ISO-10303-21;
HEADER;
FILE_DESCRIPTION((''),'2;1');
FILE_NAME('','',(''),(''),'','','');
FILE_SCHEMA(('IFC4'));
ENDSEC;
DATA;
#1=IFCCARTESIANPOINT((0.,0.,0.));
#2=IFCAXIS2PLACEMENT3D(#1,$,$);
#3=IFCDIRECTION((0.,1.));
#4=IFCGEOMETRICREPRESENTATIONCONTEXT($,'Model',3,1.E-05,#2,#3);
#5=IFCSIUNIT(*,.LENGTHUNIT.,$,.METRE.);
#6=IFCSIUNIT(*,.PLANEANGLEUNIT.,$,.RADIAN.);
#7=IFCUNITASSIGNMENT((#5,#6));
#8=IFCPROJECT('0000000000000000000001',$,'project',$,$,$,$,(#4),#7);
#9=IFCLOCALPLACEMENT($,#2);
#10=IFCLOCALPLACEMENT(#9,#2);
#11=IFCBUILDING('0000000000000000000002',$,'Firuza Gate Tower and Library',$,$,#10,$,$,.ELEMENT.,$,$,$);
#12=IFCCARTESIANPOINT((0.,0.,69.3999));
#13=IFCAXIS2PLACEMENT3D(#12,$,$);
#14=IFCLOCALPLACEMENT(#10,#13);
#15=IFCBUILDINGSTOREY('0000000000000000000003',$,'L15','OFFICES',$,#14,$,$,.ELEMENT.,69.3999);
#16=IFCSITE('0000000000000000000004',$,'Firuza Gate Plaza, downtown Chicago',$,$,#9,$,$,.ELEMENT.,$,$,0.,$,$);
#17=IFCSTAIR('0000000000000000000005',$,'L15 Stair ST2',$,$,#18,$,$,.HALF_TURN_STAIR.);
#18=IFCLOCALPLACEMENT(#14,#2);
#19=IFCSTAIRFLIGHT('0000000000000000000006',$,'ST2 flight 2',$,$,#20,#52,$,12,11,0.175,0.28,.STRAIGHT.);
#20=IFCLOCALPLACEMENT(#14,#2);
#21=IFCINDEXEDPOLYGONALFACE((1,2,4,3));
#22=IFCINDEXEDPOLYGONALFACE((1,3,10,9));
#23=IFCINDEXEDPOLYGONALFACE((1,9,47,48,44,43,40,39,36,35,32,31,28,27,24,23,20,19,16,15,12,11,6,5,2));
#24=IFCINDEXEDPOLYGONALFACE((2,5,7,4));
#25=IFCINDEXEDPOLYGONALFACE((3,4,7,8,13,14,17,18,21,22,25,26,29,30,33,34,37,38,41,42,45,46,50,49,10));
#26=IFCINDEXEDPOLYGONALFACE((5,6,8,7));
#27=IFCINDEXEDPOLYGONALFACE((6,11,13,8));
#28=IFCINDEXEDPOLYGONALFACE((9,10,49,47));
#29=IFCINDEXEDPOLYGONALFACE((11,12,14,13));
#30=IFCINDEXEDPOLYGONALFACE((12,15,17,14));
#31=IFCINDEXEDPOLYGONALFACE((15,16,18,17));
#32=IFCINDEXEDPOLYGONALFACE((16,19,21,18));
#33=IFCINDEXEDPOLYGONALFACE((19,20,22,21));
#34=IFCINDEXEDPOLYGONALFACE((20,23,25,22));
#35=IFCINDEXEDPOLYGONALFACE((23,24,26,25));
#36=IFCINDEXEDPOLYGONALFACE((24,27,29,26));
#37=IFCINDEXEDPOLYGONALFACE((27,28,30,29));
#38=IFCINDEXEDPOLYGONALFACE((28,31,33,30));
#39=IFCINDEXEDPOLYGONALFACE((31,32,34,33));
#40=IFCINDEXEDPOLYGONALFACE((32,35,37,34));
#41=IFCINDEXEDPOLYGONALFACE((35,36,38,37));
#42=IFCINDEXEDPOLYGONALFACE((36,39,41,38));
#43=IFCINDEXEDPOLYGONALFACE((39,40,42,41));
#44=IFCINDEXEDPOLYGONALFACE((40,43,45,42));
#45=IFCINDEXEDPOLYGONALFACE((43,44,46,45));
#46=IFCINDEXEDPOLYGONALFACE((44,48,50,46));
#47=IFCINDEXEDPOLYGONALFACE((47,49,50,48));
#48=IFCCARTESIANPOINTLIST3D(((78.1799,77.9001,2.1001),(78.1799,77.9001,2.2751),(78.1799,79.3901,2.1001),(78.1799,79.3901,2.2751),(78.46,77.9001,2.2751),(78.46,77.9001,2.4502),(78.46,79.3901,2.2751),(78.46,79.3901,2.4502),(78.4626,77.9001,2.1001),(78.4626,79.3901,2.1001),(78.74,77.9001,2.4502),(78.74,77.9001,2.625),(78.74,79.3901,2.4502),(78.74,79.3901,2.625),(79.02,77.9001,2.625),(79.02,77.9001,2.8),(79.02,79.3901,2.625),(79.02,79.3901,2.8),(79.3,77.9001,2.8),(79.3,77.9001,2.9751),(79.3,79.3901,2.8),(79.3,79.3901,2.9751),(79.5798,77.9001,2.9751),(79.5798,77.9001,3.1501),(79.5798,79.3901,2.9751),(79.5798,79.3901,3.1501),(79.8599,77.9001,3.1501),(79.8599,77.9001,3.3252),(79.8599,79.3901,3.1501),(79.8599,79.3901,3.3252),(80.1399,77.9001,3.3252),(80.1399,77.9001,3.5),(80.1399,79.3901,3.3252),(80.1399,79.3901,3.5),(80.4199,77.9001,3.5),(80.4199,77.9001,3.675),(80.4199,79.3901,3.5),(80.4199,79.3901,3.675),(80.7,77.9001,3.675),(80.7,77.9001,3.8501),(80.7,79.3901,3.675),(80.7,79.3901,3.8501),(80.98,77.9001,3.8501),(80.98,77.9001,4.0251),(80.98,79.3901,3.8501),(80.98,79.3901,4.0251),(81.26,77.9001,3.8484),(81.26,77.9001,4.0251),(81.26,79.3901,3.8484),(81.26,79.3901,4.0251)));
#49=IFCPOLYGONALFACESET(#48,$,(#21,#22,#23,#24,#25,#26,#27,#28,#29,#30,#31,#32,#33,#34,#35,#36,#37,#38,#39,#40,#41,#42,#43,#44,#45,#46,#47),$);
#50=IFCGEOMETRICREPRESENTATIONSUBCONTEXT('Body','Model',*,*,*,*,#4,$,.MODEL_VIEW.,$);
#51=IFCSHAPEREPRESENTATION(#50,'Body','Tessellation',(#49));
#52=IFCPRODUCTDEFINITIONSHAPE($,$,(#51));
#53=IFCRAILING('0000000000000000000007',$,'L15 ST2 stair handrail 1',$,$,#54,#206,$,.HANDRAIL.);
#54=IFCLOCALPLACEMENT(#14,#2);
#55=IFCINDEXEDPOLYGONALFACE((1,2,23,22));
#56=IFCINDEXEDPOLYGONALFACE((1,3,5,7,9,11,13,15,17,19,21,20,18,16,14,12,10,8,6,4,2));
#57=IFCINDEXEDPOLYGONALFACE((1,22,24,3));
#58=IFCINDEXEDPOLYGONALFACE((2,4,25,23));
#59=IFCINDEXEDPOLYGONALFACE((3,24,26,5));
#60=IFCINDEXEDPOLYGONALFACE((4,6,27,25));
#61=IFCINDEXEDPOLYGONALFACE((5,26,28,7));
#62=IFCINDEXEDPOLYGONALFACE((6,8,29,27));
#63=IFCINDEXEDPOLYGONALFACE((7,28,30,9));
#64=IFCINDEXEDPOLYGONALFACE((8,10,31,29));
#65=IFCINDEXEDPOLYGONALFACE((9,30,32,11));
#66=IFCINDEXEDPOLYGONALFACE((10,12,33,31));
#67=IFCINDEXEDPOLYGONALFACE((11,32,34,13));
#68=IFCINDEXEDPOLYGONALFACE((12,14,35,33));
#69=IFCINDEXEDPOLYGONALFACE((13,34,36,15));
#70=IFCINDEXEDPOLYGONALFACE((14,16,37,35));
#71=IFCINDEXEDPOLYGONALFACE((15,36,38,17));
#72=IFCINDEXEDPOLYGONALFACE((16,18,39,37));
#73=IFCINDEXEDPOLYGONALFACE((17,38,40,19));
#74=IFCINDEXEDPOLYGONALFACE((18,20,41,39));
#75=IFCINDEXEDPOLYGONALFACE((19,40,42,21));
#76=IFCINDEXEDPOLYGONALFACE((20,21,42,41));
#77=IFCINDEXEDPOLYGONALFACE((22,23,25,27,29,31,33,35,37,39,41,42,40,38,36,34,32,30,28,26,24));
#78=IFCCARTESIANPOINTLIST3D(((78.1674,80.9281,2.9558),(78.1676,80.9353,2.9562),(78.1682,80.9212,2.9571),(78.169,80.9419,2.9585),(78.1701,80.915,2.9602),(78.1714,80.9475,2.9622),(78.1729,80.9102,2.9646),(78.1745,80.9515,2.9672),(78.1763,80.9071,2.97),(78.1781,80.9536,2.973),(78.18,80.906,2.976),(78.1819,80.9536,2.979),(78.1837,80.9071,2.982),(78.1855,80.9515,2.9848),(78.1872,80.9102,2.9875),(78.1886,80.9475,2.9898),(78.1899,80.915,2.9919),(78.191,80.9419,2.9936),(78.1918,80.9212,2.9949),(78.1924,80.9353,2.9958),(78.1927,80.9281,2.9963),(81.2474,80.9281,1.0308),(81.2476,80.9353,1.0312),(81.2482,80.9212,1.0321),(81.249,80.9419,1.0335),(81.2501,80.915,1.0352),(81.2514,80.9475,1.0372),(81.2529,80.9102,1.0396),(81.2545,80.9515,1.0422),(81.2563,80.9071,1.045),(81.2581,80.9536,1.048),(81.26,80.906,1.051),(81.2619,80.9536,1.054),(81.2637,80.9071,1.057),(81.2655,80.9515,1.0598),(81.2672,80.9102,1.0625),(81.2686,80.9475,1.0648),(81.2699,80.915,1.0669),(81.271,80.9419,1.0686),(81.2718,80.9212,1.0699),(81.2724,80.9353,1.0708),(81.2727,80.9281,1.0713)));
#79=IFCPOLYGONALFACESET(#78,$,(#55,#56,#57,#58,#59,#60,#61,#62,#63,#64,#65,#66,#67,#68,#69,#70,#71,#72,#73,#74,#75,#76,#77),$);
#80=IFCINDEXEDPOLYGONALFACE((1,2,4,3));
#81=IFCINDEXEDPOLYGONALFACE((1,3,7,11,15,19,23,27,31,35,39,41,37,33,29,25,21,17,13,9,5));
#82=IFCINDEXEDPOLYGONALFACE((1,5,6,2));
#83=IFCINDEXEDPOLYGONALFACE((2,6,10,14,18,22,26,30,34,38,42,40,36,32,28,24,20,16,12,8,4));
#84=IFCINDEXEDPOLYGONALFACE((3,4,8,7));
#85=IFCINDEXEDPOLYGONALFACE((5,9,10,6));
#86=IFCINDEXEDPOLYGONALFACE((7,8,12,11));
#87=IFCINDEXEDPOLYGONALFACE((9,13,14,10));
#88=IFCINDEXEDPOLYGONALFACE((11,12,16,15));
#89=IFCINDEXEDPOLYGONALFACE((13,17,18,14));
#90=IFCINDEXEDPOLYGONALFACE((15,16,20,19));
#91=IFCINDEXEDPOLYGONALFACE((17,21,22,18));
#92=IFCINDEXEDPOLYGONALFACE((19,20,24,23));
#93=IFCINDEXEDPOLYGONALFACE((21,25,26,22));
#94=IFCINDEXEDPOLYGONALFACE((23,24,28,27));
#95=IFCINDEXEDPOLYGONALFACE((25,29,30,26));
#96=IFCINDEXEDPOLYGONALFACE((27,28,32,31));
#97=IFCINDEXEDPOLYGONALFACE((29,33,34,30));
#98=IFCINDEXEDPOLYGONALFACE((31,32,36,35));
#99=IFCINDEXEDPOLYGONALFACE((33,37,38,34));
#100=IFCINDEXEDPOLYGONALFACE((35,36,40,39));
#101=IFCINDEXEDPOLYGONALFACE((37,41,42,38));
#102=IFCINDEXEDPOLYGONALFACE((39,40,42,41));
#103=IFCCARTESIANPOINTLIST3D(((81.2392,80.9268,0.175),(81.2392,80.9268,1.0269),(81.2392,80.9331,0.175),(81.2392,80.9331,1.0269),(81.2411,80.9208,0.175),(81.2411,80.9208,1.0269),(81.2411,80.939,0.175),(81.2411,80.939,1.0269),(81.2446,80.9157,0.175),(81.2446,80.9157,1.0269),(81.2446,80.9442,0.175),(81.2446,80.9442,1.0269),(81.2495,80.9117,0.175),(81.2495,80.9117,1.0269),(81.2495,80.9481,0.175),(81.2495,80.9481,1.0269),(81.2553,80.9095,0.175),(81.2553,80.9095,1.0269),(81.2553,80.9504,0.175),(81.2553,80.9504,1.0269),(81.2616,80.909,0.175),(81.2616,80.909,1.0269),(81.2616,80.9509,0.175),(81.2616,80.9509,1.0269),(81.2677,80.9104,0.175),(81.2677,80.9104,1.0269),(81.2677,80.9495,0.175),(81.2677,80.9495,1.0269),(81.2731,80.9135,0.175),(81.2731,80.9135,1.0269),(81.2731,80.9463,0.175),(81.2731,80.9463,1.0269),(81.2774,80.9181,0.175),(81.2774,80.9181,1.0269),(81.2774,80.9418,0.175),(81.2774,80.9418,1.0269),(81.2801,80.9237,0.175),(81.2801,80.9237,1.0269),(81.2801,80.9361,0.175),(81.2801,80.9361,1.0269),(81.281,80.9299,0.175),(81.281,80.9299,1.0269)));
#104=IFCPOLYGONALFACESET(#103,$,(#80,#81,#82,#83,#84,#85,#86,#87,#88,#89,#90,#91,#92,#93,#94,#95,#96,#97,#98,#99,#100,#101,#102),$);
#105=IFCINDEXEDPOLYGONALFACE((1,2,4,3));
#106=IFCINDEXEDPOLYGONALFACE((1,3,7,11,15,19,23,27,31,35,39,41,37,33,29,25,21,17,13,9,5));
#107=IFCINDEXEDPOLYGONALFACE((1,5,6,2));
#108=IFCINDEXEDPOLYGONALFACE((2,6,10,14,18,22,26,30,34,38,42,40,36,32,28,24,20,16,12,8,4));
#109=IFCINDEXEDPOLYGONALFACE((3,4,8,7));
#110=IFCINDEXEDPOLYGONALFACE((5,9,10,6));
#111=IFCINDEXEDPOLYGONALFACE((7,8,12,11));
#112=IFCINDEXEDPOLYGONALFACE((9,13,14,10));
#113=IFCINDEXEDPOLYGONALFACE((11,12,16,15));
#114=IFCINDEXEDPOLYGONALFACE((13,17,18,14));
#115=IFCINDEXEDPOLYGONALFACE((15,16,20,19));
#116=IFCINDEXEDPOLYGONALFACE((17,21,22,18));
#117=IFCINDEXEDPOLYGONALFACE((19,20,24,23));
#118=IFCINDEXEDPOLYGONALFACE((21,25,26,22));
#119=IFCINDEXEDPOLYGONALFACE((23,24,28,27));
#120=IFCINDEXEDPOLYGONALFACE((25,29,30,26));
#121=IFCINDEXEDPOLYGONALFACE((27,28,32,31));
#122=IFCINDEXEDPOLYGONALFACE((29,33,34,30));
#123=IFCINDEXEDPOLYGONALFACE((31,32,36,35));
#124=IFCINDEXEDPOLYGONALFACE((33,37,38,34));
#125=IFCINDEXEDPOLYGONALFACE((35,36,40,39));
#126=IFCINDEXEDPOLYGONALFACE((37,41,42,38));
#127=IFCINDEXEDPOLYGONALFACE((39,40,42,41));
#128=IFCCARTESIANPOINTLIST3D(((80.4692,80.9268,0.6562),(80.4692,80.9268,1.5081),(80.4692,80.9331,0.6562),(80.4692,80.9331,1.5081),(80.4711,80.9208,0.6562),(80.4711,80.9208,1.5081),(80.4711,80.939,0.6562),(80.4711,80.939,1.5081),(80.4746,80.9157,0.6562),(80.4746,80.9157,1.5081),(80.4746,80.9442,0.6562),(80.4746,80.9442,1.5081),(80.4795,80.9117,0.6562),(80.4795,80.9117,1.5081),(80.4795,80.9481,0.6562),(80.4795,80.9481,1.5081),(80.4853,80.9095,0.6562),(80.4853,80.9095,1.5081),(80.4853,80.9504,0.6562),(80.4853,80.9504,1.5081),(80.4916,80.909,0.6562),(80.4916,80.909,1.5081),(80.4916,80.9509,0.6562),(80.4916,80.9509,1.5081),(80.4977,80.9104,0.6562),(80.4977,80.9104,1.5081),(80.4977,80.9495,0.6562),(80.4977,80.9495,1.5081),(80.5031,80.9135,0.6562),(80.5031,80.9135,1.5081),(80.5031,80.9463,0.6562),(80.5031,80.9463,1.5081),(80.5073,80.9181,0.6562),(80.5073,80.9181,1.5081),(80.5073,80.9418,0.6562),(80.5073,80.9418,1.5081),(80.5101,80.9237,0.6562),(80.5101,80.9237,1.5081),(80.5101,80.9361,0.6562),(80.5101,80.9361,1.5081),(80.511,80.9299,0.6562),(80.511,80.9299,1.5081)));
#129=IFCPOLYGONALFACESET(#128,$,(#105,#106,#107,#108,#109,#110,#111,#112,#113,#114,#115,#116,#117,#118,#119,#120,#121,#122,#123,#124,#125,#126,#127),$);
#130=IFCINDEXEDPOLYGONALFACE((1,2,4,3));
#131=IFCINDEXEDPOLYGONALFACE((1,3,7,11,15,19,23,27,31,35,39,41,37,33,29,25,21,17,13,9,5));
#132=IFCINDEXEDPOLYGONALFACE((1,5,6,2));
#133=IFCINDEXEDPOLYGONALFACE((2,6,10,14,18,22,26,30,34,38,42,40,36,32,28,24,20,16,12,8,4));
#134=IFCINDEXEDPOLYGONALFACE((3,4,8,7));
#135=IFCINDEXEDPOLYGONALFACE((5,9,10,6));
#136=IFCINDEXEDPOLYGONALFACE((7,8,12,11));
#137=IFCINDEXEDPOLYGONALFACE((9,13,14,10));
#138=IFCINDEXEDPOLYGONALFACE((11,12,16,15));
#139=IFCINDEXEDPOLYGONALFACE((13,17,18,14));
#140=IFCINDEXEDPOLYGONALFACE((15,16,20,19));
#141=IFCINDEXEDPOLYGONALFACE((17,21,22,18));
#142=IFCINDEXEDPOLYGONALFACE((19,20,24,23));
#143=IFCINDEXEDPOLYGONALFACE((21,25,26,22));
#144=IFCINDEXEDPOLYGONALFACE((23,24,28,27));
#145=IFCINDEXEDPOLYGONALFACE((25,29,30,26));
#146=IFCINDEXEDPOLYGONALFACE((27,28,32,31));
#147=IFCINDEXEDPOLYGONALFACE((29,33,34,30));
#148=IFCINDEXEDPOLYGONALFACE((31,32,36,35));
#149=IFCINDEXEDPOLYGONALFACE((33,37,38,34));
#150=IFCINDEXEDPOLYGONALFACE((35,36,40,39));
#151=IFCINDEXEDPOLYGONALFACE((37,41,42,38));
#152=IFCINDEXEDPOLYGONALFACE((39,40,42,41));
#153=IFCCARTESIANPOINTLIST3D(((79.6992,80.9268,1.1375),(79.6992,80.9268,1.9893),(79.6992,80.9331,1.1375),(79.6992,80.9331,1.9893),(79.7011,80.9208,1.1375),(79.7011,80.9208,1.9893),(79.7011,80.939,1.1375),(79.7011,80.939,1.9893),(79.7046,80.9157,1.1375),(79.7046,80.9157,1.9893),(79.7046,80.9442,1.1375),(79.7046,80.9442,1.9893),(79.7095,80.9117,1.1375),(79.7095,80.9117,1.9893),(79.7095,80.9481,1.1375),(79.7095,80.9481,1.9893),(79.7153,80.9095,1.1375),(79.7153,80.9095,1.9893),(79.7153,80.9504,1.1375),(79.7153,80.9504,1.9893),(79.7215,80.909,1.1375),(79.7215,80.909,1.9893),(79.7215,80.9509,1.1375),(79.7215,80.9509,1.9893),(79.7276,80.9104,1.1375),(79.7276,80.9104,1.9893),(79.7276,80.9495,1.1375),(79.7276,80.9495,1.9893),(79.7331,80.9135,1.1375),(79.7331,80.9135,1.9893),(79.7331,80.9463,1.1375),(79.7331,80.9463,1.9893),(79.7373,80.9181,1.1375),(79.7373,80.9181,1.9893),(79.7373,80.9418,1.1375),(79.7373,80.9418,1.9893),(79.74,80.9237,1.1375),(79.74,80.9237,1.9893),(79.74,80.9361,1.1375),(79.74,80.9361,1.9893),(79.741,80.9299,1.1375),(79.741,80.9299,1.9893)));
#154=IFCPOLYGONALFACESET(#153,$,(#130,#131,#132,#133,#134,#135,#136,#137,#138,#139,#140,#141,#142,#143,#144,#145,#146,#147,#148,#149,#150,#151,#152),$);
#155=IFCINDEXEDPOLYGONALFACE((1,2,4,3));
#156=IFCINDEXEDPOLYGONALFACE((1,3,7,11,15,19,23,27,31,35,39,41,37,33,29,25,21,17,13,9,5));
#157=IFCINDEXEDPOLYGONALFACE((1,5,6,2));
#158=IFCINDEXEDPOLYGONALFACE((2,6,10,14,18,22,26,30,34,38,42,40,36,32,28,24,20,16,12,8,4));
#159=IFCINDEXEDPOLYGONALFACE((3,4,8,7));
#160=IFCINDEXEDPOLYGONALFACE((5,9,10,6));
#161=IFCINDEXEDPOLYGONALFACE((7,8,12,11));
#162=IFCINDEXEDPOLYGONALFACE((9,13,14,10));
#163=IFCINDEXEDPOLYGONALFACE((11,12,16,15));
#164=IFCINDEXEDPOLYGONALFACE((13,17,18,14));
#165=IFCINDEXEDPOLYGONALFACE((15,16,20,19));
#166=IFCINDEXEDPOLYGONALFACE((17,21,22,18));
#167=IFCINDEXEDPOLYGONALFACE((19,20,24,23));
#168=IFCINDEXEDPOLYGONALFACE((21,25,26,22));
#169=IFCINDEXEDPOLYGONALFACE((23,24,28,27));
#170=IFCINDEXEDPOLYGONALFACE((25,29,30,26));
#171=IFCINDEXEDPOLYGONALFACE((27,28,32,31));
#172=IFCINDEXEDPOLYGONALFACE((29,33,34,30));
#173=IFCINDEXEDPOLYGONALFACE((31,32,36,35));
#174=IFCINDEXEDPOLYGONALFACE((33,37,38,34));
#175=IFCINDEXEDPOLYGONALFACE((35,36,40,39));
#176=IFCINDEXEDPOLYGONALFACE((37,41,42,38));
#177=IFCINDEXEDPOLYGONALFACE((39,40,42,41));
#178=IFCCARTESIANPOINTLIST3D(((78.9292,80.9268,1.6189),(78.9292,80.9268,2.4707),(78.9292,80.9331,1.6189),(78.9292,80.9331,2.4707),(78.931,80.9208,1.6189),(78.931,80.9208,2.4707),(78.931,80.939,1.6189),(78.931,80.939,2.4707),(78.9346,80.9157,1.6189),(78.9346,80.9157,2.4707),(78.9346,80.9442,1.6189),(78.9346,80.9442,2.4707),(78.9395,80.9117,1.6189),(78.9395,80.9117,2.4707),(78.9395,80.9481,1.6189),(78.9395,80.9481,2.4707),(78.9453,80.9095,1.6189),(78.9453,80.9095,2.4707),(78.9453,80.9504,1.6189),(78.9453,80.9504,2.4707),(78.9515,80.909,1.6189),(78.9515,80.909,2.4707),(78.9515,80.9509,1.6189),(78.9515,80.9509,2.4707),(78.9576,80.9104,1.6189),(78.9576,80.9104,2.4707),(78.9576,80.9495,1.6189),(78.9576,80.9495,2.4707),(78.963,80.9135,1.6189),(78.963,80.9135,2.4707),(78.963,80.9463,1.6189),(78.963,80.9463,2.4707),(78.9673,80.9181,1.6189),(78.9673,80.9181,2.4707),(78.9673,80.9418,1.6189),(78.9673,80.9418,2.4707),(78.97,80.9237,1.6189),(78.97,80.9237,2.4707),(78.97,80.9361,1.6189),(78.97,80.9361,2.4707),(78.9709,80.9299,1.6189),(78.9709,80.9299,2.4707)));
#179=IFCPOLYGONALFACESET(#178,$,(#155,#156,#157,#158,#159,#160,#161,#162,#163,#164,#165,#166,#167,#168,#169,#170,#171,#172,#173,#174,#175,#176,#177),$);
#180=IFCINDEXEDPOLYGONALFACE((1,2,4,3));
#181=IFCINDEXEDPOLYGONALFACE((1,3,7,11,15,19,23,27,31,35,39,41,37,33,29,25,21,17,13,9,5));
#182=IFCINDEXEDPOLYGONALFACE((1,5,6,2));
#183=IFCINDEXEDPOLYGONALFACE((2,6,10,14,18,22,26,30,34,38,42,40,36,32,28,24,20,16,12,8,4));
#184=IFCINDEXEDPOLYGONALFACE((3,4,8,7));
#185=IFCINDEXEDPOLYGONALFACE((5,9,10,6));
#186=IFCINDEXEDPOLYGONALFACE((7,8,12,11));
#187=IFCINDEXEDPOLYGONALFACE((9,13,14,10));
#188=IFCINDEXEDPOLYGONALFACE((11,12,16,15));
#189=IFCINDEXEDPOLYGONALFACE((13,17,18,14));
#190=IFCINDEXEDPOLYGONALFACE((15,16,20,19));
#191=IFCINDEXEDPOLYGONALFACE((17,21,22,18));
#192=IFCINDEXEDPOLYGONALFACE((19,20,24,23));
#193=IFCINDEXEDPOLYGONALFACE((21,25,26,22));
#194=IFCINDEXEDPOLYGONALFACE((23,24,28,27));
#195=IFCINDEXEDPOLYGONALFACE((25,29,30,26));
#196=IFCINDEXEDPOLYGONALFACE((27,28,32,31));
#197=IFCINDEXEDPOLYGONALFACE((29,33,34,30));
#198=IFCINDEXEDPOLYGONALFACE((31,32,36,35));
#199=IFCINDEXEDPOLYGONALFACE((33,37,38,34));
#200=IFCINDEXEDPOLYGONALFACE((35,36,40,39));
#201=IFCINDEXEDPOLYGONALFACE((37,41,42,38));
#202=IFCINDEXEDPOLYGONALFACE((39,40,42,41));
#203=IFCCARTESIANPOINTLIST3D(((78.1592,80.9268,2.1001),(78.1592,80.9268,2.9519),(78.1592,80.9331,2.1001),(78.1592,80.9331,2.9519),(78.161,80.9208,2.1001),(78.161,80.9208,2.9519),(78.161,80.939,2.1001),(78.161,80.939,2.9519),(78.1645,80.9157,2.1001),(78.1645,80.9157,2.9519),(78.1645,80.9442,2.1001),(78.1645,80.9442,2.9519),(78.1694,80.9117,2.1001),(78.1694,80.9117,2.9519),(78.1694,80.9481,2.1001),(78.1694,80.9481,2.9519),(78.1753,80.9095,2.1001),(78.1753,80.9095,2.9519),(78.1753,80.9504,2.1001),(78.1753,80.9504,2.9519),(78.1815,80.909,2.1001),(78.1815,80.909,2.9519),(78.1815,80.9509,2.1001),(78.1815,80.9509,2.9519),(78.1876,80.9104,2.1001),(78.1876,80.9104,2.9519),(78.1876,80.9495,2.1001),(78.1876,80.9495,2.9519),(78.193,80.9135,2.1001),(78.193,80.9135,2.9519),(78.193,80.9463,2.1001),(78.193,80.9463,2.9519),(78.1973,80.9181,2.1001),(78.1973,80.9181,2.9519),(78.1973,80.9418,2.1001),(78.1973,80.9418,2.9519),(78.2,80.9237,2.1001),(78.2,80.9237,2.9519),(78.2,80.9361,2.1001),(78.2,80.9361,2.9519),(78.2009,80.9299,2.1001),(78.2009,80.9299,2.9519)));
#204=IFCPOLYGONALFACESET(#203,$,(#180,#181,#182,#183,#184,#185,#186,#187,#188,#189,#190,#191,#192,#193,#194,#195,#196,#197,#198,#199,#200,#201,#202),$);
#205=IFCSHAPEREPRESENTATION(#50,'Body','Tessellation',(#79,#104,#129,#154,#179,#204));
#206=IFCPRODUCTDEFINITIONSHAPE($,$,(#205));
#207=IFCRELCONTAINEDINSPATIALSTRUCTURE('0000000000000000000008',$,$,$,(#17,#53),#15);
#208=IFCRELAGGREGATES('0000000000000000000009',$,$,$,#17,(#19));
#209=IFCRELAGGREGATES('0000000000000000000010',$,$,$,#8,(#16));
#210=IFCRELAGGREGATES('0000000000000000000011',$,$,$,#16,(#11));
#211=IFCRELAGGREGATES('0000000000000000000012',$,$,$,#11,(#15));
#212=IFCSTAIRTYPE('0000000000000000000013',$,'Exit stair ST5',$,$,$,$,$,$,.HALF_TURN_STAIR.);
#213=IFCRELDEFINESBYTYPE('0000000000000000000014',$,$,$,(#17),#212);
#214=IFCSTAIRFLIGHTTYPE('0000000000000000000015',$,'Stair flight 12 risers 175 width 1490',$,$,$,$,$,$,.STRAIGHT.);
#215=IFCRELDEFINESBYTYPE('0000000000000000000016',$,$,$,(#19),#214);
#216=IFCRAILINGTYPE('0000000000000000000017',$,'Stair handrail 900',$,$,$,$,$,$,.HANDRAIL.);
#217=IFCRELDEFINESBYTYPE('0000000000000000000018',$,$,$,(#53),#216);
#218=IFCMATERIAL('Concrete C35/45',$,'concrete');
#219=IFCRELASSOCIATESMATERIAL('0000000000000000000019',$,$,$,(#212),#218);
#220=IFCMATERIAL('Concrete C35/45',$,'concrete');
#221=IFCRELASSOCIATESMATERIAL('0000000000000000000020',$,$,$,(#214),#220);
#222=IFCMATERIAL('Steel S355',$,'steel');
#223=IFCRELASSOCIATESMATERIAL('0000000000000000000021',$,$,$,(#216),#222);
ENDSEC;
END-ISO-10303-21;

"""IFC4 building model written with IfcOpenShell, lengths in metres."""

from ifc_helpers import new_model, si_unit, direction, frame, origin, origin_2d, place, context, subcontext, project, spatial, polyline, circle, outline, extrude, material, type_object, element, aggregate, save


model = new_model("IFC4")

# Units and contexts
model_context = context("Model", 3, precision=1e-05, world=origin(), true_north=direction((0.0, 1.0)))
body_context = subcontext(model_context, "Body", "Model", "MODEL_VIEW")
ifc_project = project(units=[si_unit("LENGTHUNIT", "METRE"), si_unit("PLANEANGLEUNIT", "RADIAN")], contexts=[model_context])

# Site, building, storey
site_placement = place(None, origin())
site = spatial("IfcSite", under=ifc_project, at=site_placement, Name="Firuza Gate Plaza, downtown Chicago", CompositionType="ELEMENT", RefElevation=0.0)
building_placement = place(site_placement, origin())
building = spatial("IfcBuilding", under=site, at=building_placement, Name="Firuza Gate Tower and Library", CompositionType="ELEMENT")
storey_placement = place(building_placement, frame((0.0, 0.0, 69.3999)))
storey = spatial("IfcBuildingStorey", under=building, at=storey_placement, Name="L15", Description="OFFICES", CompositionType="ELEMENT", Elevation=69.3999)

# Shared definitions
placement = place(storey_placement, origin())

# Stair, stair flight
ifc_material_1 = material(Name="Concrete C35/45", Category="concrete")
stair_type_1 = type_object("IfcStairType", Name="Exit stair ST5", PredefinedType="HALF_TURN_STAIR", material=ifc_material_1)
stair_1 = element("IfcStair", 1, at=placement, inside=storey, type_object=stair_type_1, Name="L15 Stair ST2", PredefinedType="HALF_TURN_STAIR")
ifc_material_2 = material(Name="Concrete C35/45", Category="concrete")
stair_flight_type_1 = type_object("IfcStairFlightType", Name="Stair flight 12 risers 175 width 1490", PredefinedType="STRAIGHT", material=ifc_material_2)
stair_flight_1_placement = place(storey_placement, frame((78.1799, 78.645, 2.1001), z_axis=(0.0, 0.0, 1.0), x_axis=(1.0, 0.0, 0.0)))
stair_flight_1 = element("IfcStairFlight", 2, at=stair_flight_1_placement, type_object=stair_flight_type_1, Name="ST2 flight 2", NumberOfRisers=12, NumberOfTreads=11, PredefinedType="STRAIGHT", RiserHeight=0.175, TreadLength=0.28, context=body_context, shape_type="SweptSolid", body=[
    extrude(outline(polyline([(0.0, 0.0), (0.0, 0.175), (0.28, 0.175), (0.28, 0.3501), (0.5601, 0.3501), (0.5601, 0.5249), (0.8401, 0.5249), (0.8401, 0.7), (1.1201, 0.7), (1.1201, 0.875), (1.3999, 0.875), (1.3999, 1.05), (1.6799, 1.05), (1.6799, 1.2251), (1.96, 1.2251), (1.96, 1.3999), (2.24, 1.3999), (2.24, 1.575), (2.52, 1.575), (2.52, 1.75), (2.8, 1.75), (2.8, 1.925), (3.0801, 1.925), (3.0801, 2.1001), (3.0801, 1.7483), (0.2827, 0.0), (0.0, 0.0)])), frame((0.0, 0.7451, 0.0), z_axis=(0.0, -1.0, 0.0), x_axis=(1.0, 0.0, 0.0)), (0.0, 0.0, 1.0), 1.49),
])
aggregate(stair_1, [stair_flight_1])

# Railing
ifc_material_3 = material(Name="Steel S355", Category="steel")
railing_type_1 = type_object("IfcRailingType", Name="Stair handrail 900", PredefinedType="HANDRAIL", material=ifc_material_3)
railing_1_placement = place(storey_placement, frame((81.26, 80.9299, 0.175)))
element("IfcRailing", 3, at=railing_1_placement, inside=storey, type_object=railing_type_1, Name="L15 ST2 stair handrail 1", PredefinedType="HANDRAIL", context=body_context, shape_type="SweptSolid", body=[
    extrude(circle(Radius=0.0239, at=origin_2d()), frame((0.0, 0.0, 0.876), z_axis=(-0.847998, 0.0, 0.529999), x_axis=(0.0, -1.0, 0.0)), (0.0, 0.0, 1.0), 3.6321),
    extrude(circle(Radius=0.021, at=origin_2d()), origin(), (0.0, 0.0, 1.0), 0.8518),
    extrude(circle(Radius=0.021, at=origin_2d()), frame((-0.77, 0.0, 0.4812)), (0.0, 0.0, 1.0), 0.8518),
    extrude(circle(Radius=0.021, at=origin_2d()), frame((-1.54, 0.0, 0.9624)), (0.0, 0.0, 1.0), 0.8518),
    extrude(circle(Radius=0.021, at=origin_2d()), frame((-2.3101, 0.0, 1.4438)), (0.0, 0.0, 1.0), 0.8518),
    extrude(circle(Radius=0.021, at=origin_2d()), frame((-3.0801, 0.0, 1.925)), (0.0, 0.0, 1.0), 0.8518),
])

save(model, "model.ifc")
